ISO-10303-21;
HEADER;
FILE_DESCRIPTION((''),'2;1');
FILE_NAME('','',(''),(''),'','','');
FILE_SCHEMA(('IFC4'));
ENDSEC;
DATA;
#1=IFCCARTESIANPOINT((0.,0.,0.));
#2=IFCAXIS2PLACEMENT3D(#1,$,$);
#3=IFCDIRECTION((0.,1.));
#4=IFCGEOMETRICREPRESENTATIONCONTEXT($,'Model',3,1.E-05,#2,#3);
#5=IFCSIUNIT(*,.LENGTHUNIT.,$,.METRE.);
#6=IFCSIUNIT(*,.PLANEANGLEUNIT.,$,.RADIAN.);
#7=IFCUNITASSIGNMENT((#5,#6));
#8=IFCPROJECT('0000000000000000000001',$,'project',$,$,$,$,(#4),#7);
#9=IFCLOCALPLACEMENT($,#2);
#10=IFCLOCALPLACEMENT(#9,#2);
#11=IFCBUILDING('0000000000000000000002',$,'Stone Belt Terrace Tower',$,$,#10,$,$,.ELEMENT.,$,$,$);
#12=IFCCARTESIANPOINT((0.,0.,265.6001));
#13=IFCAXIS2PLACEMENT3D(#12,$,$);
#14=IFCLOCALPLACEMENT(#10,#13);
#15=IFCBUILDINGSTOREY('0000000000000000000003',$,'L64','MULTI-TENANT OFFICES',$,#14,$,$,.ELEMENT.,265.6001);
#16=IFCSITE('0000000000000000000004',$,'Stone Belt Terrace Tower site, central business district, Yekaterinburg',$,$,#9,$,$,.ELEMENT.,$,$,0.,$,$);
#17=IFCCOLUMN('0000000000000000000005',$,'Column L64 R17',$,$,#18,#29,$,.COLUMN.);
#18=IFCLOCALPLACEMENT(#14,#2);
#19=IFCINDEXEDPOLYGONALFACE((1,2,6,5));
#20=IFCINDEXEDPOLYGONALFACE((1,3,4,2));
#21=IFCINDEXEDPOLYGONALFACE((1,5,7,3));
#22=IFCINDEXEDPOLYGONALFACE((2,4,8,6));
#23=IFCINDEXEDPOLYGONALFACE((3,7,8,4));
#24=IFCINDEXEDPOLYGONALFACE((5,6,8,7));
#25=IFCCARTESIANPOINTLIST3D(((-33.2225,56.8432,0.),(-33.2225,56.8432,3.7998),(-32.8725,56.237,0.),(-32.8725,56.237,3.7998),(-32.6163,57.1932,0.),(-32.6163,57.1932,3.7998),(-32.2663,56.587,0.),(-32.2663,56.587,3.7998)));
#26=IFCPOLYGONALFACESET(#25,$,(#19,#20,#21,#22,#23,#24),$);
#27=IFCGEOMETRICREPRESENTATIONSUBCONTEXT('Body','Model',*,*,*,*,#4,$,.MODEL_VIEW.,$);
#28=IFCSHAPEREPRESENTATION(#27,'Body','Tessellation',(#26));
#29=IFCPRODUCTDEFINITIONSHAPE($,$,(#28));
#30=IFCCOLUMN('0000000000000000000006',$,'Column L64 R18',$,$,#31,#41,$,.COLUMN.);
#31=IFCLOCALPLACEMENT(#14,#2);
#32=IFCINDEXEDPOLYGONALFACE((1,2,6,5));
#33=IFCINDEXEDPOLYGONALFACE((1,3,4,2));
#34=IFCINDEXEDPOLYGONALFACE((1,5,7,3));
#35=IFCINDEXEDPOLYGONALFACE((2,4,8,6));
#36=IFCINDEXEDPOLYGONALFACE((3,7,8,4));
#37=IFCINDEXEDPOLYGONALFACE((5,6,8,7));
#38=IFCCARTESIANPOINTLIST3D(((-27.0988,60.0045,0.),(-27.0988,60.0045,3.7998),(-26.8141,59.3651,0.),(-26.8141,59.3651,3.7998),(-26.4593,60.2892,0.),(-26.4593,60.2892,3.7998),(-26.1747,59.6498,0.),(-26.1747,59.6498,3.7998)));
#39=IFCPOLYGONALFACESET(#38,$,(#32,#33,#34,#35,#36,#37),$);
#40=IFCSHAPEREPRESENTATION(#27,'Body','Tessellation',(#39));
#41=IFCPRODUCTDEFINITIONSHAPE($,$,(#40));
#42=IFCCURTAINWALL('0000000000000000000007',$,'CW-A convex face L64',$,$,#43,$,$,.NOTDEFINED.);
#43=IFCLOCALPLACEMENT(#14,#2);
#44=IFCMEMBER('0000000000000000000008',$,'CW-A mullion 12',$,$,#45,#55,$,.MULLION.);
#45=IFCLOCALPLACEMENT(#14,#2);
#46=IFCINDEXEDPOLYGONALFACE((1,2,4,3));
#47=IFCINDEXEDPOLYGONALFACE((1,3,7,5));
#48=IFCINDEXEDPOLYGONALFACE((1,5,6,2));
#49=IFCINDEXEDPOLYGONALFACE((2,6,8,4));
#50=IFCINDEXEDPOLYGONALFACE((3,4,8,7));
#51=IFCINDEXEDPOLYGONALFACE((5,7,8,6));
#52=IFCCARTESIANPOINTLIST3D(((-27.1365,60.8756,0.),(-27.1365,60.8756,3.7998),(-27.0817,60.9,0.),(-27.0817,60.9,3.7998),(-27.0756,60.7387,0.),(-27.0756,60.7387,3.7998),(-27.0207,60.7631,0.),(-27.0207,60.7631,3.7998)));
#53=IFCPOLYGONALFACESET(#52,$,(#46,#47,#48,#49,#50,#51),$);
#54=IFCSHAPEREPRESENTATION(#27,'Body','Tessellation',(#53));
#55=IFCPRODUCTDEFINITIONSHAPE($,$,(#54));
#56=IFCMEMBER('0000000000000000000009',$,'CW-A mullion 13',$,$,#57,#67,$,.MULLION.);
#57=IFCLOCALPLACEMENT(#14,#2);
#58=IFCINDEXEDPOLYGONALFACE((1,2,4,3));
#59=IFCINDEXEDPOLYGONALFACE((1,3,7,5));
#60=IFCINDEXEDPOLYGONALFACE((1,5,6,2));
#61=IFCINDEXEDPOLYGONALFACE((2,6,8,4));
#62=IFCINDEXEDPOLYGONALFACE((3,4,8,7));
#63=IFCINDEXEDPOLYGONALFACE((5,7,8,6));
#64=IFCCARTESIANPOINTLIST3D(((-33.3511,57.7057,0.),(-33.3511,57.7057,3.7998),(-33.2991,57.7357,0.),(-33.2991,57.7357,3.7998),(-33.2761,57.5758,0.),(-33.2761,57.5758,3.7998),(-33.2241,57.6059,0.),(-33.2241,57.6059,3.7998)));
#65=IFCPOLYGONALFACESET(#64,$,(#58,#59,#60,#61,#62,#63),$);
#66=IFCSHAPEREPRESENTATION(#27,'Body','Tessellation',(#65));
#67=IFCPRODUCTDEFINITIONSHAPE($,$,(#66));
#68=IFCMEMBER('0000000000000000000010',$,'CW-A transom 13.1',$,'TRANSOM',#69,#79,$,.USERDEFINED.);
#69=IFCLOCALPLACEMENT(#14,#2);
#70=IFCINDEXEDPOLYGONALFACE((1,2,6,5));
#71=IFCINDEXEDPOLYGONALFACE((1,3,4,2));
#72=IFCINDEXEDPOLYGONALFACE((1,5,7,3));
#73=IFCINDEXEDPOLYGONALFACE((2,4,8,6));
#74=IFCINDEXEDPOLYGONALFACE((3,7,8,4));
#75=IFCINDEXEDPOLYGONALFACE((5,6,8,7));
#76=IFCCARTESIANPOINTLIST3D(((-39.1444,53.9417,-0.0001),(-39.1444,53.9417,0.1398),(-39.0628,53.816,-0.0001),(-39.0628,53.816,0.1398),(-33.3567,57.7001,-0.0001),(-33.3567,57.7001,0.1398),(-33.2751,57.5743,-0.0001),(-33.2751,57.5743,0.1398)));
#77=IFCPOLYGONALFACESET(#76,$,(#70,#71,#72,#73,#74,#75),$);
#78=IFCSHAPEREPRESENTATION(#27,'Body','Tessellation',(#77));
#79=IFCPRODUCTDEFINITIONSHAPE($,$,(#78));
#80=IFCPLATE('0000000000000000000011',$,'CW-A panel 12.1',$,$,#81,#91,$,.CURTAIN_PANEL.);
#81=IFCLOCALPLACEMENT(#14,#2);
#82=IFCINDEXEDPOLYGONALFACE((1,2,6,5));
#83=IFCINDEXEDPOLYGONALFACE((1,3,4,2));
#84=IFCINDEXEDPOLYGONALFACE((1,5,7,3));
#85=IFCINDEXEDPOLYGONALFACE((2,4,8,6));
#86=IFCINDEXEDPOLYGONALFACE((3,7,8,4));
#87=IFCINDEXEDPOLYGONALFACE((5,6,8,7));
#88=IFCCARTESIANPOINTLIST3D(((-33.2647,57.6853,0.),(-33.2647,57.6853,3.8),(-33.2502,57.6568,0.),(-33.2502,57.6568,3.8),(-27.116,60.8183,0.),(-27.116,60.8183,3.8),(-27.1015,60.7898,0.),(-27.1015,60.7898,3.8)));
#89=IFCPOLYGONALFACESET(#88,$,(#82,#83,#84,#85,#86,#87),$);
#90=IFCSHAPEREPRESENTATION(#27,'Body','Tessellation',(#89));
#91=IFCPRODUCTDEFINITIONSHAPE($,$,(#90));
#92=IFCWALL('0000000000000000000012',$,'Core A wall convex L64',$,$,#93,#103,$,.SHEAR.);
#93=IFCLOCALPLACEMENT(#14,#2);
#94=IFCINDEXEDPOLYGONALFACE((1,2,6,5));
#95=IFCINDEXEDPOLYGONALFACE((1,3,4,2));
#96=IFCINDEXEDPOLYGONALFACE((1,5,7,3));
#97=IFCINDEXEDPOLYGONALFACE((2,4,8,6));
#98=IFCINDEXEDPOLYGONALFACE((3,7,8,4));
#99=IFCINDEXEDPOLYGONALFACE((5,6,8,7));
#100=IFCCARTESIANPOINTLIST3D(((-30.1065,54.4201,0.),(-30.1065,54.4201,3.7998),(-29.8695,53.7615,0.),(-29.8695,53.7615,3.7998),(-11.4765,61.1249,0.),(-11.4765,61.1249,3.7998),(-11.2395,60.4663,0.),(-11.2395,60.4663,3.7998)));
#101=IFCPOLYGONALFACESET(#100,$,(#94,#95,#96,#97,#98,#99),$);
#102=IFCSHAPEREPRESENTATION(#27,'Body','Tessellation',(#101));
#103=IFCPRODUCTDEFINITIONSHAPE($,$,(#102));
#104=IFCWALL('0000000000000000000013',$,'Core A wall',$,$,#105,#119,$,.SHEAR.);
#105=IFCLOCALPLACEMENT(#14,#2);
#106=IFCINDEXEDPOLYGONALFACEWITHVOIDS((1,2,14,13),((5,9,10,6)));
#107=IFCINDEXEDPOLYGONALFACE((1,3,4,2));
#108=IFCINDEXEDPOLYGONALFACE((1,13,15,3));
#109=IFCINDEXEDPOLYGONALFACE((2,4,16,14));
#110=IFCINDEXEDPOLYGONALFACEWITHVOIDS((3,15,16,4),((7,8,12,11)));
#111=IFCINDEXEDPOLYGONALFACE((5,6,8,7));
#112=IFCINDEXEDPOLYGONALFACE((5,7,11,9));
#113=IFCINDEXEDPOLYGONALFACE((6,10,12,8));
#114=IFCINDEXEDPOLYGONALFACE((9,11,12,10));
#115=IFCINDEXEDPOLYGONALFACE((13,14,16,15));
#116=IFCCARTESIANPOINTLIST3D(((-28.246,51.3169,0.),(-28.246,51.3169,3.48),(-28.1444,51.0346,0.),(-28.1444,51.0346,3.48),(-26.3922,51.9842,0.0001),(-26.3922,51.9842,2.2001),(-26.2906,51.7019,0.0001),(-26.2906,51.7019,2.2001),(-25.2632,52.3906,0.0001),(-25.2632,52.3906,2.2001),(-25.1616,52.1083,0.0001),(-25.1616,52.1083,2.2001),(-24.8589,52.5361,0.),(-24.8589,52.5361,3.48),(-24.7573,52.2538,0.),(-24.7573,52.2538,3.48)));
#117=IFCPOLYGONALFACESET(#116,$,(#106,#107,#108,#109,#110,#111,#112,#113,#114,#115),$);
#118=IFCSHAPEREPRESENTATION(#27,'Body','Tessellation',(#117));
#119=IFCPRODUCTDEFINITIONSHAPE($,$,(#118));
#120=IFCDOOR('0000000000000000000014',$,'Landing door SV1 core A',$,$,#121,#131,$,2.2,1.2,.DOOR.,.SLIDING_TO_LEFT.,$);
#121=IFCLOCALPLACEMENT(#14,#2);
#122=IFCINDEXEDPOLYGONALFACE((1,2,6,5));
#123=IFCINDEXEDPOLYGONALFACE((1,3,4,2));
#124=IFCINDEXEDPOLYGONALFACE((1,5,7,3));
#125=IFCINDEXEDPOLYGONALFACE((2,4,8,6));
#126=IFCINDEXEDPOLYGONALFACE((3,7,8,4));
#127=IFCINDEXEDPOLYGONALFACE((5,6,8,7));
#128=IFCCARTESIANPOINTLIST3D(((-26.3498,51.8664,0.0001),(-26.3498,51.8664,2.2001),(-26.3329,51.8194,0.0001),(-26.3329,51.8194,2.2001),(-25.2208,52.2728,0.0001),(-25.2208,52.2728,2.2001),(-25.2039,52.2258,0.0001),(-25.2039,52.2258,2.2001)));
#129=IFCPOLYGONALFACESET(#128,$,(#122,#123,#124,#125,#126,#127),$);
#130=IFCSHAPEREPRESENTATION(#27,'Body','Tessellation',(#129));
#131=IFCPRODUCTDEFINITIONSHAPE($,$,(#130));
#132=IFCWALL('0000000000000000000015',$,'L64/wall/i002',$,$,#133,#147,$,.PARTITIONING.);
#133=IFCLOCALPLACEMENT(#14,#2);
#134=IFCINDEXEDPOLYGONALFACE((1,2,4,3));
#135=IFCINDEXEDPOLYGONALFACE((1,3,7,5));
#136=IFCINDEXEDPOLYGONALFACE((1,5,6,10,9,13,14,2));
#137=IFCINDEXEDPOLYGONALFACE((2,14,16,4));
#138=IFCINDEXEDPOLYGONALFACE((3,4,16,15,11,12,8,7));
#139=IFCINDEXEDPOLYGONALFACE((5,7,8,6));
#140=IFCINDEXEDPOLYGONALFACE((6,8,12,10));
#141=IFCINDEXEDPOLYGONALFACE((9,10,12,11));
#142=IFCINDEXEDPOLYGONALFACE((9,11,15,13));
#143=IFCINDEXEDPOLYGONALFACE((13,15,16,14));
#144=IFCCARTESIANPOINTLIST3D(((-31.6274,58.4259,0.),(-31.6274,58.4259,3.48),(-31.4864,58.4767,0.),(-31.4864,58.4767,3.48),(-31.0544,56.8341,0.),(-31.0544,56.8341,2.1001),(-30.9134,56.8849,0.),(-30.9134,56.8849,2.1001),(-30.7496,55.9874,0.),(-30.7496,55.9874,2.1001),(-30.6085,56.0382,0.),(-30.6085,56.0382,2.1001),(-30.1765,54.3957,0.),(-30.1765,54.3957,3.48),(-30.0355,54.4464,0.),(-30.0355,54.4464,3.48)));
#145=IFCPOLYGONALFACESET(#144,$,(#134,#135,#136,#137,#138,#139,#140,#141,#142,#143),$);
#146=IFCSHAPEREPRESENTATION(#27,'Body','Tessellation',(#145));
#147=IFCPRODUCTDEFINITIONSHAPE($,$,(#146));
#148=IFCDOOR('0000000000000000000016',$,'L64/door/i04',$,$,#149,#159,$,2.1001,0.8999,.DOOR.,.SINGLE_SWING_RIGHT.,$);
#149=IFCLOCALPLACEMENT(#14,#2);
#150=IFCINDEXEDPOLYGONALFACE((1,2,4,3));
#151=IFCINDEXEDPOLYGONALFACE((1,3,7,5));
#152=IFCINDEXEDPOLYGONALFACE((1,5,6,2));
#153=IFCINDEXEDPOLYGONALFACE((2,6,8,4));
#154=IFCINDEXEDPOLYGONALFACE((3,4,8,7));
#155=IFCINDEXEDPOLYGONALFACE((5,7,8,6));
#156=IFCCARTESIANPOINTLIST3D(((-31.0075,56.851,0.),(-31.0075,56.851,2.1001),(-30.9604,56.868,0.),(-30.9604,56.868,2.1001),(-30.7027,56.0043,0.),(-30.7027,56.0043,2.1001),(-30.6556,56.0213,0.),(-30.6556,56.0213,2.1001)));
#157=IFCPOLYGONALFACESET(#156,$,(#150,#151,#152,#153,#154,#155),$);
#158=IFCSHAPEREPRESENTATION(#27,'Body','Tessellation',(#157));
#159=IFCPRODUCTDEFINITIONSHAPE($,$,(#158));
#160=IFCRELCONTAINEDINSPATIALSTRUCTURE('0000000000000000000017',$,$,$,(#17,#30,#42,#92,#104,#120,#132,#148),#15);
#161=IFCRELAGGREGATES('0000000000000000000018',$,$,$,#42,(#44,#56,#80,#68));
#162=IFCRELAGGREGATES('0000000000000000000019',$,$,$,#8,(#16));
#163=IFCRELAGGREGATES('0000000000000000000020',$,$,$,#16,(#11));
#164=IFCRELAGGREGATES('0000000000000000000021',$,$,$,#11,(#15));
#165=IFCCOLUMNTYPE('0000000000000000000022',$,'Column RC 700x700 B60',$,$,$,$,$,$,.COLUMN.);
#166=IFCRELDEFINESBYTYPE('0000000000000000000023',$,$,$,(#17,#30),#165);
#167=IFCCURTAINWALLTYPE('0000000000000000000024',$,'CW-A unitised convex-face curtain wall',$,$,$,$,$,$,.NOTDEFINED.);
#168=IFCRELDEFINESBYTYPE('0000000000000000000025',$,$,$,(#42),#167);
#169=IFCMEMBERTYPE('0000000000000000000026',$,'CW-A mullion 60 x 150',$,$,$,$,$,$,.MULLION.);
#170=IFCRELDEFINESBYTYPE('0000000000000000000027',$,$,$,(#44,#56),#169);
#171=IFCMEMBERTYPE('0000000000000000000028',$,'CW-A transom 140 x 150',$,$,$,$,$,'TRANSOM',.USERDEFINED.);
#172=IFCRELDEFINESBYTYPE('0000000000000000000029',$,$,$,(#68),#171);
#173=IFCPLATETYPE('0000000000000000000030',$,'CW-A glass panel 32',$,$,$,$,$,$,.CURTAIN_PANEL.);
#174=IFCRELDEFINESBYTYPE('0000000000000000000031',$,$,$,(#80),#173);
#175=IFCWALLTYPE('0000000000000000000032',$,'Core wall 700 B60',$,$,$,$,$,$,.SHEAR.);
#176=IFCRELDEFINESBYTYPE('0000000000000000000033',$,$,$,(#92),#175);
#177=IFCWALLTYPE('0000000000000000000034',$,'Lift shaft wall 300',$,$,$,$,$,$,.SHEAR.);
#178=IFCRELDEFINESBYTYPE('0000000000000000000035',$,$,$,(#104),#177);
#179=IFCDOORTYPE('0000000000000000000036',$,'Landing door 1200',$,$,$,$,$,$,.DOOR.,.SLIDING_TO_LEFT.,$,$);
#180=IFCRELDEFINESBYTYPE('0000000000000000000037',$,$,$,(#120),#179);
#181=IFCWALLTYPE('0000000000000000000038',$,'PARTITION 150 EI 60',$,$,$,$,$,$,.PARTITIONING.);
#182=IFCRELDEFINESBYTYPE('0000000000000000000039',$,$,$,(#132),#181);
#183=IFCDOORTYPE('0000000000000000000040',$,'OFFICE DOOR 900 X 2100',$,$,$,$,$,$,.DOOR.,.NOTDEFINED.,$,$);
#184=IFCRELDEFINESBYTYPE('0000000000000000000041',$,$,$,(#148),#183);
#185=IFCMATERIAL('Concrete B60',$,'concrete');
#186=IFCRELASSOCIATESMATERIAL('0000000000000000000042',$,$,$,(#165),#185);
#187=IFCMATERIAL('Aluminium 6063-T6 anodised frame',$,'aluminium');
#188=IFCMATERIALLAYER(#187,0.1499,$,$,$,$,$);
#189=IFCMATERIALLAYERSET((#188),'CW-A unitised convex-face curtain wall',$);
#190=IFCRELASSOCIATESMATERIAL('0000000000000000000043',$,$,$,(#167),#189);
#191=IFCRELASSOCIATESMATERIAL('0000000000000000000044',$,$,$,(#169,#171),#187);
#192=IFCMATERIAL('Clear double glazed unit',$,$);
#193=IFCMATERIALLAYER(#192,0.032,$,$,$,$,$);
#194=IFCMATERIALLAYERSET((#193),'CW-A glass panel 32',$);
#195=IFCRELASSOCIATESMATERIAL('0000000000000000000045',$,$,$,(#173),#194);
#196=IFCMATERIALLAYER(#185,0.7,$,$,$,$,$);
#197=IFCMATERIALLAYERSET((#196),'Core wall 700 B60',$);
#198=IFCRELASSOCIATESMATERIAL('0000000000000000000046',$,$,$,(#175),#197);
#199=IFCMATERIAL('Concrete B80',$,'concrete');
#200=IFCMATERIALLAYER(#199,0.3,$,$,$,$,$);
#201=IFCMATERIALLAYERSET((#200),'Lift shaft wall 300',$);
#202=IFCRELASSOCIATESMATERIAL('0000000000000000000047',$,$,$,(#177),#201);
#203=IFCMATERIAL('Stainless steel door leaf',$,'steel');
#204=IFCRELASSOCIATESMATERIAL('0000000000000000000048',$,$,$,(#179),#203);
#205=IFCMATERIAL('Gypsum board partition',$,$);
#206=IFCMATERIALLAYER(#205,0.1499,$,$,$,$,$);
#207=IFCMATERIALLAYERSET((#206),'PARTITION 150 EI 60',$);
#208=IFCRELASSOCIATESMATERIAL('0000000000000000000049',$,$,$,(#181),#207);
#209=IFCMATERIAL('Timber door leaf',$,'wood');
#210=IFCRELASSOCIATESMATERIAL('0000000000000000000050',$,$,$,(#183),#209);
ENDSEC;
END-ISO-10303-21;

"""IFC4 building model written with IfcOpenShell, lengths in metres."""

from ifc_helpers import new_model, si_unit, direction, frame, frame_2d, origin, origin_2d, place, context, subcontext, project, spatial, rectangle, extrude, material, layer, layer_set, material_profile, profile_set, type_object, element, fill, aggregate, save


model = new_model("IFC4")

# Units and contexts
model_context = context("Model", 3, precision=1e-05, world=origin(), true_north=direction((0.0, 1.0)))
body_context = subcontext(model_context, "Body", "Model", "MODEL_VIEW")
ifc_project = project(units=[si_unit("LENGTHUNIT", "METRE"), si_unit("PLANEANGLEUNIT", "RADIAN")], contexts=[model_context])

# Site, building, storey
site_placement = place(None, origin())
site = spatial("IfcSite", under=ifc_project, at=site_placement, Name="Stone Belt Terrace Tower site, central business district, Yekaterinburg", CompositionType="ELEMENT", RefElevation=0.0)
building_placement = place(site_placement, origin())
building = spatial("IfcBuilding", under=site, at=building_placement, Name="Stone Belt Terrace Tower", CompositionType="ELEMENT")
storey_placement = place(building_placement, frame((0.0, 0.0, 265.6001)))
storey = spatial("IfcBuildingStorey", under=building, at=storey_placement, Name="L64", Description="MULTI-TENANT OFFICES", CompositionType="ELEMENT", Elevation=265.6001)

# Columns
ifc_material_1 = material(Name="Concrete B60", Category="concrete")
ifc_material_profile_1 = material_profile(ifc_material_1, rectangle(XDim=0.7, YDim=0.7, at=origin_2d()), Name="RC 700x700")
ifc_profile_set_1 = profile_set([ifc_material_profile_1], Name="Concrete B60")
column_type = type_object("IfcColumnType", Name="Column RC 700x700 B60", PredefinedType="COLUMN", material=ifc_profile_set_1)
for number, where, z_axis, x_axis, name in (
    (1, (-32.7444, 56.7151, 0.0), (0.0, 0.0, 1.0), (0.866025, 0.5, 0.0), "Column L64 R17"),
    (2, (-26.6367, 59.8271, 0.0), (0.0, 0.0, 1.0), (0.913545, 0.406737, 0.0), "Column L64 R18"),
):
    element("IfcColumn", number, at=place(storey_placement, frame(where, z_axis=z_axis, x_axis=x_axis)), inside=storey, type_object=column_type, Name=name, PredefinedType="COLUMN", context=body_context, shape_type="SweptSolid", body=[
        extrude(rectangle(XDim=0.7, YDim=0.7, at=origin_2d()), origin(), (0.0, 0.0, 1.0), 3.7998),
    ])

# Curtain wall, members, plate
ifc_material_2 = material(Name="Aluminium 6063-T6 anodised frame", Category="aluminium")
ifc_layer_1 = layer(ifc_material_2, 0.1499)
ifc_layer_set_1 = layer_set([ifc_layer_1], Name="CW-A unitised convex-face curtain wall")
curtain_wall_type = type_object("IfcCurtainWallType", Name="CW-A unitised convex-face curtain wall", PredefinedType="NOTDEFINED", material=ifc_layer_set_1)
curtain_wall_placement = place(storey_placement, origin())
curtain_wall = element("IfcCurtainWall", 3, at=curtain_wall_placement, inside=storey, type_object=curtain_wall_type, Name="CW-A convex face L64", PredefinedType="NOTDEFINED")
ifc_material_profile_2 = material_profile(ifc_material_2, rectangle(XDim=0.1499, YDim=0.0601, at=origin_2d()), Name="Aluminium 6063-T6 60x150")
ifc_profile_set_2 = profile_set([ifc_material_profile_2], Name="Aluminium 6063-T6 anodised frame")
member_type_1 = type_object("IfcMemberType", Name="CW-A mullion 60 x 150", PredefinedType="MULLION", material=ifc_profile_set_2)
member_1_placement = place(storey_placement, frame((-27.0786, 60.8193, 0.0), z_axis=(0.0, 0.0, 1.0), x_axis=(0.406737, -0.913545, 0.0)))
member_1 = element("IfcMember", 4, at=member_1_placement, type_object=member_type_1, Name="CW-A mullion 12", PredefinedType="MULLION", context=body_context, shape_type="SweptSolid", body=[
    extrude(rectangle(XDim=0.1499, YDim=0.0601, at=origin_2d()), origin(), (0.0, 0.0, 1.0), 3.7998),
])
member_2_placement = place(storey_placement, frame((-33.2876, 57.6558, 0.0), z_axis=(0.0, 0.0, 1.0), x_axis=(0.5, -0.866025, 0.0)))
member_2 = element("IfcMember", 5, at=member_2_placement, type_object=member_type_1, Name="CW-A mullion 13", PredefinedType="MULLION", context=body_context, shape_type="SweptSolid", body=[
    extrude(rectangle(XDim=0.1499, YDim=0.0601, at=origin_2d()), origin(), (0.0, 0.0, 1.0), 3.7998),
])
ifc_material_profile_3 = material_profile(ifc_material_2, rectangle(XDim=0.1499, YDim=0.1399, at=origin_2d()), Name="Aluminium 6063-T6 150x140")
ifc_profile_set_3 = profile_set([ifc_material_profile_3], Name="Aluminium 6063-T6 anodised frame")
member_type_2 = type_object("IfcMemberType", Name="CW-A transom 140 x 150", ElementType="TRANSOM", PredefinedType="USERDEFINED", material=ifc_profile_set_3)
member_3_placement = place(storey_placement, frame((-33.3159, 57.6372, 0.0698), z_axis=(-0.838684, -0.544618, 0.0), x_axis=(0.544618, -0.838684, 0.0)))
member_3 = element("IfcMember", 6, at=member_3_placement, type_object=member_type_2, Name="CW-A transom 13.1", ObjectType="TRANSOM", PredefinedType="USERDEFINED", context=body_context, shape_type="SweptSolid", body=[
    extrude(rectangle(XDim=0.1499, YDim=0.1399, at=origin_2d()), origin(), (0.0, 0.0, 1.0), 6.9009),
])
ifc_material_3 = material(Name="Clear double glazed unit")
ifc_layer_2 = layer(ifc_material_3, 0.032)
ifc_layer_set_2 = layer_set([ifc_layer_2], Name="CW-A glass panel 32")
plate_type = type_object("IfcPlateType", Name="CW-A glass panel 32", PredefinedType="CURTAIN_PANEL", material=ifc_layer_set_2)
plate_placement = place(storey_placement, frame((-30.1831, 59.2375, 0.0), z_axis=(0.0, 0.0, 1.0), x_axis=(-0.891007, -0.45399, 0.0)))
plate = element("IfcPlate", 7, at=plate_placement, type_object=plate_type, Name="CW-A panel 12.1", PredefinedType="CURTAIN_PANEL", context=body_context, shape_type="SweptSolid", body=[
    extrude(rectangle(XDim=6.9009, YDim=0.032, at=origin_2d()), origin(), (0.0, 0.0, 1.0), 3.8),
])
aggregate(curtain_wall, [member_1, member_2, plate, member_3])

# Wall
ifc_layer_3 = layer(ifc_material_1, 0.7)
ifc_layer_set_3 = layer_set([ifc_layer_3], Name="Core wall 700 B60")
wall_type_1 = type_object("IfcWallType", Name="Core wall 700 B60", PredefinedType="SHEAR", material=ifc_layer_set_3)
wall_1_placement = place(storey_placement, frame((-29.988, 54.0908, 0.0), z_axis=(0.0, 0.0, 1.0), x_axis=(0.94092, 0.33863, 0.0)))
element("IfcWall", 8, at=wall_1_placement, inside=storey, type_object=wall_type_1, Name="Core A wall convex L64", PredefinedType="SHEAR", context=body_context, shape_type="SweptSolid", body=[
    extrude(rectangle(XDim=19.7998, YDim=0.7, at=frame_2d((9.8999, 0.0))), origin(), (0.0, 0.0, 1.0), 3.7998),
])

# Walls, openings, doors
ifc_material_4 = material(Name="Concrete B80", Category="concrete")
ifc_layer_4 = layer(ifc_material_4, 0.3)
ifc_layer_set_4 = layer_set([ifc_layer_4], Name="Lift shaft wall 300")
wall_type_2 = type_object("IfcWallType", Name="Lift shaft wall 300", PredefinedType="SHEAR", material=ifc_layer_set_4)
wall_2_placement = place(storey_placement, frame((-28.1951, 51.1758, 0.0), z_axis=(0.0, 0.0, 1.0), x_axis=(0.940901, 0.338681, 0.0)))
wall_2 = element("IfcWall", 9, at=wall_2_placement, inside=storey, type_object=wall_type_2, Name="Core A wall", PredefinedType="SHEAR", context=body_context, shape_type="SweptSolid", body=[
    extrude(rectangle(XDim=3.5999, YDim=0.3, at=frame_2d((1.7998, 0.0))), origin(), (0.0, 0.0, 1.0), 3.48),
])
opening_1_placement = place(wall_2_placement, frame((1.97, 0.0, 0.0)))
opening_1 = element("IfcOpeningElement", 10, at=opening_1_placement, cuts=wall_2, PredefinedType="OPENING", context=body_context, shape_type="SweptSolid", body=[
    extrude(rectangle(XDim=1.2, YDim=2.2, at=frame_2d((0.6001, 1.1001))), frame((0.0, 0.1599, 0.0), z_axis=(0.0, -1.0, 0.0), x_axis=(1.0, 0.0, 0.0)), (0.0, 0.0, 1.0), 0.3201),
])
ifc_material_5 = material(Name="Stainless steel door leaf", Category="steel")
door_type_1 = type_object("IfcDoorType", Name="Landing door 1200", OperationType="SLIDING_TO_LEFT", PredefinedType="DOOR", material=ifc_material_5)
door_1_placement = place(opening_1_placement, origin())
door_1 = element("IfcDoor", 11, at=door_1_placement, inside=storey, type_object=door_type_1, Name="Landing door SV1 core A", OperationType="SLIDING_TO_LEFT", OverallHeight=2.2, OverallWidth=1.2, PredefinedType="DOOR", context=body_context, shape_type="SweptSolid", body=[
    extrude(rectangle(XDim=1.2, YDim=2.2, at=frame_2d((0.6001, 1.1001))), frame((0.0, 0.0249, 0.0), z_axis=(0.0, -1.0, 0.0), x_axis=(1.0, 0.0, 0.0)), (0.0, 0.0, 1.0), 0.05),
])
fill(opening_1, door_1)
ifc_material_6 = material(Name="Gypsum board partition")
ifc_layer_5 = layer(ifc_material_6, 0.1499)
ifc_layer_set_5 = layer_set([ifc_layer_5], Name="PARTITION 150 EI 60")
wall_type_3 = type_object("IfcWallType", Name="PARTITION 150 EI 60", PredefinedType="PARTITIONING", material=ifc_layer_set_5)
wall_3_placement = place(storey_placement, frame((-31.5569, 58.4512, 0.0), z_axis=(0.0, 0.0, 1.0), x_axis=(0.338726, -0.940885, 0.0)))
wall_3 = element("IfcWall", 12, at=wall_3_placement, inside=storey, type_object=wall_type_3, Name="L64/wall/i002", PredefinedType="PARTITIONING", context=body_context, shape_type="SweptSolid", body=[
    extrude(rectangle(XDim=4.2834, YDim=0.1499, at=frame_2d((2.1416, 0.0))), origin(), (0.0, 0.0, 1.0), 3.48),
])
opening_2_placement = place(wall_3_placement, frame((1.6917, 0.0, 0.0)))
opening_2 = element("IfcOpeningElement", 13, at=opening_2_placement, cuts=wall_3, PredefinedType="OPENING", context=body_context, shape_type="SweptSolid", body=[
    extrude(rectangle(XDim=0.8999, YDim=2.1001, at=frame_2d((0.45, 1.05))), frame((0.0, 0.085, 0.0), z_axis=(0.0, -1.0, 0.0), x_axis=(1.0, 0.0, 0.0)), (0.0, 0.0, 1.0), 0.1699),
])
ifc_material_7 = material(Name="Timber door leaf", Category="wood")
door_type_2 = type_object("IfcDoorType", Name="OFFICE DOOR 900 X 2100", OperationType="NOTDEFINED", PredefinedType="DOOR", material=ifc_material_7)
door_2_placement = place(opening_2_placement, origin())
door_2 = element("IfcDoor", 14, at=door_2_placement, inside=storey, type_object=door_type_2, Name="L64/door/i04", OperationType="SINGLE_SWING_RIGHT", OverallHeight=2.1001, OverallWidth=0.8999, PredefinedType="DOOR", context=body_context, shape_type="SweptSolid", body=[
    extrude(rectangle(XDim=0.8999, YDim=2.1001, at=frame_2d((0.45, 1.05))), frame((0.0, 0.0249, 0.0), z_axis=(0.0, -1.0, 0.0), x_axis=(1.0, 0.0, 0.0)), (0.0, 0.0, 1.0), 0.05),
])
fill(opening_2, door_2)

save(model, "model.ifc")
